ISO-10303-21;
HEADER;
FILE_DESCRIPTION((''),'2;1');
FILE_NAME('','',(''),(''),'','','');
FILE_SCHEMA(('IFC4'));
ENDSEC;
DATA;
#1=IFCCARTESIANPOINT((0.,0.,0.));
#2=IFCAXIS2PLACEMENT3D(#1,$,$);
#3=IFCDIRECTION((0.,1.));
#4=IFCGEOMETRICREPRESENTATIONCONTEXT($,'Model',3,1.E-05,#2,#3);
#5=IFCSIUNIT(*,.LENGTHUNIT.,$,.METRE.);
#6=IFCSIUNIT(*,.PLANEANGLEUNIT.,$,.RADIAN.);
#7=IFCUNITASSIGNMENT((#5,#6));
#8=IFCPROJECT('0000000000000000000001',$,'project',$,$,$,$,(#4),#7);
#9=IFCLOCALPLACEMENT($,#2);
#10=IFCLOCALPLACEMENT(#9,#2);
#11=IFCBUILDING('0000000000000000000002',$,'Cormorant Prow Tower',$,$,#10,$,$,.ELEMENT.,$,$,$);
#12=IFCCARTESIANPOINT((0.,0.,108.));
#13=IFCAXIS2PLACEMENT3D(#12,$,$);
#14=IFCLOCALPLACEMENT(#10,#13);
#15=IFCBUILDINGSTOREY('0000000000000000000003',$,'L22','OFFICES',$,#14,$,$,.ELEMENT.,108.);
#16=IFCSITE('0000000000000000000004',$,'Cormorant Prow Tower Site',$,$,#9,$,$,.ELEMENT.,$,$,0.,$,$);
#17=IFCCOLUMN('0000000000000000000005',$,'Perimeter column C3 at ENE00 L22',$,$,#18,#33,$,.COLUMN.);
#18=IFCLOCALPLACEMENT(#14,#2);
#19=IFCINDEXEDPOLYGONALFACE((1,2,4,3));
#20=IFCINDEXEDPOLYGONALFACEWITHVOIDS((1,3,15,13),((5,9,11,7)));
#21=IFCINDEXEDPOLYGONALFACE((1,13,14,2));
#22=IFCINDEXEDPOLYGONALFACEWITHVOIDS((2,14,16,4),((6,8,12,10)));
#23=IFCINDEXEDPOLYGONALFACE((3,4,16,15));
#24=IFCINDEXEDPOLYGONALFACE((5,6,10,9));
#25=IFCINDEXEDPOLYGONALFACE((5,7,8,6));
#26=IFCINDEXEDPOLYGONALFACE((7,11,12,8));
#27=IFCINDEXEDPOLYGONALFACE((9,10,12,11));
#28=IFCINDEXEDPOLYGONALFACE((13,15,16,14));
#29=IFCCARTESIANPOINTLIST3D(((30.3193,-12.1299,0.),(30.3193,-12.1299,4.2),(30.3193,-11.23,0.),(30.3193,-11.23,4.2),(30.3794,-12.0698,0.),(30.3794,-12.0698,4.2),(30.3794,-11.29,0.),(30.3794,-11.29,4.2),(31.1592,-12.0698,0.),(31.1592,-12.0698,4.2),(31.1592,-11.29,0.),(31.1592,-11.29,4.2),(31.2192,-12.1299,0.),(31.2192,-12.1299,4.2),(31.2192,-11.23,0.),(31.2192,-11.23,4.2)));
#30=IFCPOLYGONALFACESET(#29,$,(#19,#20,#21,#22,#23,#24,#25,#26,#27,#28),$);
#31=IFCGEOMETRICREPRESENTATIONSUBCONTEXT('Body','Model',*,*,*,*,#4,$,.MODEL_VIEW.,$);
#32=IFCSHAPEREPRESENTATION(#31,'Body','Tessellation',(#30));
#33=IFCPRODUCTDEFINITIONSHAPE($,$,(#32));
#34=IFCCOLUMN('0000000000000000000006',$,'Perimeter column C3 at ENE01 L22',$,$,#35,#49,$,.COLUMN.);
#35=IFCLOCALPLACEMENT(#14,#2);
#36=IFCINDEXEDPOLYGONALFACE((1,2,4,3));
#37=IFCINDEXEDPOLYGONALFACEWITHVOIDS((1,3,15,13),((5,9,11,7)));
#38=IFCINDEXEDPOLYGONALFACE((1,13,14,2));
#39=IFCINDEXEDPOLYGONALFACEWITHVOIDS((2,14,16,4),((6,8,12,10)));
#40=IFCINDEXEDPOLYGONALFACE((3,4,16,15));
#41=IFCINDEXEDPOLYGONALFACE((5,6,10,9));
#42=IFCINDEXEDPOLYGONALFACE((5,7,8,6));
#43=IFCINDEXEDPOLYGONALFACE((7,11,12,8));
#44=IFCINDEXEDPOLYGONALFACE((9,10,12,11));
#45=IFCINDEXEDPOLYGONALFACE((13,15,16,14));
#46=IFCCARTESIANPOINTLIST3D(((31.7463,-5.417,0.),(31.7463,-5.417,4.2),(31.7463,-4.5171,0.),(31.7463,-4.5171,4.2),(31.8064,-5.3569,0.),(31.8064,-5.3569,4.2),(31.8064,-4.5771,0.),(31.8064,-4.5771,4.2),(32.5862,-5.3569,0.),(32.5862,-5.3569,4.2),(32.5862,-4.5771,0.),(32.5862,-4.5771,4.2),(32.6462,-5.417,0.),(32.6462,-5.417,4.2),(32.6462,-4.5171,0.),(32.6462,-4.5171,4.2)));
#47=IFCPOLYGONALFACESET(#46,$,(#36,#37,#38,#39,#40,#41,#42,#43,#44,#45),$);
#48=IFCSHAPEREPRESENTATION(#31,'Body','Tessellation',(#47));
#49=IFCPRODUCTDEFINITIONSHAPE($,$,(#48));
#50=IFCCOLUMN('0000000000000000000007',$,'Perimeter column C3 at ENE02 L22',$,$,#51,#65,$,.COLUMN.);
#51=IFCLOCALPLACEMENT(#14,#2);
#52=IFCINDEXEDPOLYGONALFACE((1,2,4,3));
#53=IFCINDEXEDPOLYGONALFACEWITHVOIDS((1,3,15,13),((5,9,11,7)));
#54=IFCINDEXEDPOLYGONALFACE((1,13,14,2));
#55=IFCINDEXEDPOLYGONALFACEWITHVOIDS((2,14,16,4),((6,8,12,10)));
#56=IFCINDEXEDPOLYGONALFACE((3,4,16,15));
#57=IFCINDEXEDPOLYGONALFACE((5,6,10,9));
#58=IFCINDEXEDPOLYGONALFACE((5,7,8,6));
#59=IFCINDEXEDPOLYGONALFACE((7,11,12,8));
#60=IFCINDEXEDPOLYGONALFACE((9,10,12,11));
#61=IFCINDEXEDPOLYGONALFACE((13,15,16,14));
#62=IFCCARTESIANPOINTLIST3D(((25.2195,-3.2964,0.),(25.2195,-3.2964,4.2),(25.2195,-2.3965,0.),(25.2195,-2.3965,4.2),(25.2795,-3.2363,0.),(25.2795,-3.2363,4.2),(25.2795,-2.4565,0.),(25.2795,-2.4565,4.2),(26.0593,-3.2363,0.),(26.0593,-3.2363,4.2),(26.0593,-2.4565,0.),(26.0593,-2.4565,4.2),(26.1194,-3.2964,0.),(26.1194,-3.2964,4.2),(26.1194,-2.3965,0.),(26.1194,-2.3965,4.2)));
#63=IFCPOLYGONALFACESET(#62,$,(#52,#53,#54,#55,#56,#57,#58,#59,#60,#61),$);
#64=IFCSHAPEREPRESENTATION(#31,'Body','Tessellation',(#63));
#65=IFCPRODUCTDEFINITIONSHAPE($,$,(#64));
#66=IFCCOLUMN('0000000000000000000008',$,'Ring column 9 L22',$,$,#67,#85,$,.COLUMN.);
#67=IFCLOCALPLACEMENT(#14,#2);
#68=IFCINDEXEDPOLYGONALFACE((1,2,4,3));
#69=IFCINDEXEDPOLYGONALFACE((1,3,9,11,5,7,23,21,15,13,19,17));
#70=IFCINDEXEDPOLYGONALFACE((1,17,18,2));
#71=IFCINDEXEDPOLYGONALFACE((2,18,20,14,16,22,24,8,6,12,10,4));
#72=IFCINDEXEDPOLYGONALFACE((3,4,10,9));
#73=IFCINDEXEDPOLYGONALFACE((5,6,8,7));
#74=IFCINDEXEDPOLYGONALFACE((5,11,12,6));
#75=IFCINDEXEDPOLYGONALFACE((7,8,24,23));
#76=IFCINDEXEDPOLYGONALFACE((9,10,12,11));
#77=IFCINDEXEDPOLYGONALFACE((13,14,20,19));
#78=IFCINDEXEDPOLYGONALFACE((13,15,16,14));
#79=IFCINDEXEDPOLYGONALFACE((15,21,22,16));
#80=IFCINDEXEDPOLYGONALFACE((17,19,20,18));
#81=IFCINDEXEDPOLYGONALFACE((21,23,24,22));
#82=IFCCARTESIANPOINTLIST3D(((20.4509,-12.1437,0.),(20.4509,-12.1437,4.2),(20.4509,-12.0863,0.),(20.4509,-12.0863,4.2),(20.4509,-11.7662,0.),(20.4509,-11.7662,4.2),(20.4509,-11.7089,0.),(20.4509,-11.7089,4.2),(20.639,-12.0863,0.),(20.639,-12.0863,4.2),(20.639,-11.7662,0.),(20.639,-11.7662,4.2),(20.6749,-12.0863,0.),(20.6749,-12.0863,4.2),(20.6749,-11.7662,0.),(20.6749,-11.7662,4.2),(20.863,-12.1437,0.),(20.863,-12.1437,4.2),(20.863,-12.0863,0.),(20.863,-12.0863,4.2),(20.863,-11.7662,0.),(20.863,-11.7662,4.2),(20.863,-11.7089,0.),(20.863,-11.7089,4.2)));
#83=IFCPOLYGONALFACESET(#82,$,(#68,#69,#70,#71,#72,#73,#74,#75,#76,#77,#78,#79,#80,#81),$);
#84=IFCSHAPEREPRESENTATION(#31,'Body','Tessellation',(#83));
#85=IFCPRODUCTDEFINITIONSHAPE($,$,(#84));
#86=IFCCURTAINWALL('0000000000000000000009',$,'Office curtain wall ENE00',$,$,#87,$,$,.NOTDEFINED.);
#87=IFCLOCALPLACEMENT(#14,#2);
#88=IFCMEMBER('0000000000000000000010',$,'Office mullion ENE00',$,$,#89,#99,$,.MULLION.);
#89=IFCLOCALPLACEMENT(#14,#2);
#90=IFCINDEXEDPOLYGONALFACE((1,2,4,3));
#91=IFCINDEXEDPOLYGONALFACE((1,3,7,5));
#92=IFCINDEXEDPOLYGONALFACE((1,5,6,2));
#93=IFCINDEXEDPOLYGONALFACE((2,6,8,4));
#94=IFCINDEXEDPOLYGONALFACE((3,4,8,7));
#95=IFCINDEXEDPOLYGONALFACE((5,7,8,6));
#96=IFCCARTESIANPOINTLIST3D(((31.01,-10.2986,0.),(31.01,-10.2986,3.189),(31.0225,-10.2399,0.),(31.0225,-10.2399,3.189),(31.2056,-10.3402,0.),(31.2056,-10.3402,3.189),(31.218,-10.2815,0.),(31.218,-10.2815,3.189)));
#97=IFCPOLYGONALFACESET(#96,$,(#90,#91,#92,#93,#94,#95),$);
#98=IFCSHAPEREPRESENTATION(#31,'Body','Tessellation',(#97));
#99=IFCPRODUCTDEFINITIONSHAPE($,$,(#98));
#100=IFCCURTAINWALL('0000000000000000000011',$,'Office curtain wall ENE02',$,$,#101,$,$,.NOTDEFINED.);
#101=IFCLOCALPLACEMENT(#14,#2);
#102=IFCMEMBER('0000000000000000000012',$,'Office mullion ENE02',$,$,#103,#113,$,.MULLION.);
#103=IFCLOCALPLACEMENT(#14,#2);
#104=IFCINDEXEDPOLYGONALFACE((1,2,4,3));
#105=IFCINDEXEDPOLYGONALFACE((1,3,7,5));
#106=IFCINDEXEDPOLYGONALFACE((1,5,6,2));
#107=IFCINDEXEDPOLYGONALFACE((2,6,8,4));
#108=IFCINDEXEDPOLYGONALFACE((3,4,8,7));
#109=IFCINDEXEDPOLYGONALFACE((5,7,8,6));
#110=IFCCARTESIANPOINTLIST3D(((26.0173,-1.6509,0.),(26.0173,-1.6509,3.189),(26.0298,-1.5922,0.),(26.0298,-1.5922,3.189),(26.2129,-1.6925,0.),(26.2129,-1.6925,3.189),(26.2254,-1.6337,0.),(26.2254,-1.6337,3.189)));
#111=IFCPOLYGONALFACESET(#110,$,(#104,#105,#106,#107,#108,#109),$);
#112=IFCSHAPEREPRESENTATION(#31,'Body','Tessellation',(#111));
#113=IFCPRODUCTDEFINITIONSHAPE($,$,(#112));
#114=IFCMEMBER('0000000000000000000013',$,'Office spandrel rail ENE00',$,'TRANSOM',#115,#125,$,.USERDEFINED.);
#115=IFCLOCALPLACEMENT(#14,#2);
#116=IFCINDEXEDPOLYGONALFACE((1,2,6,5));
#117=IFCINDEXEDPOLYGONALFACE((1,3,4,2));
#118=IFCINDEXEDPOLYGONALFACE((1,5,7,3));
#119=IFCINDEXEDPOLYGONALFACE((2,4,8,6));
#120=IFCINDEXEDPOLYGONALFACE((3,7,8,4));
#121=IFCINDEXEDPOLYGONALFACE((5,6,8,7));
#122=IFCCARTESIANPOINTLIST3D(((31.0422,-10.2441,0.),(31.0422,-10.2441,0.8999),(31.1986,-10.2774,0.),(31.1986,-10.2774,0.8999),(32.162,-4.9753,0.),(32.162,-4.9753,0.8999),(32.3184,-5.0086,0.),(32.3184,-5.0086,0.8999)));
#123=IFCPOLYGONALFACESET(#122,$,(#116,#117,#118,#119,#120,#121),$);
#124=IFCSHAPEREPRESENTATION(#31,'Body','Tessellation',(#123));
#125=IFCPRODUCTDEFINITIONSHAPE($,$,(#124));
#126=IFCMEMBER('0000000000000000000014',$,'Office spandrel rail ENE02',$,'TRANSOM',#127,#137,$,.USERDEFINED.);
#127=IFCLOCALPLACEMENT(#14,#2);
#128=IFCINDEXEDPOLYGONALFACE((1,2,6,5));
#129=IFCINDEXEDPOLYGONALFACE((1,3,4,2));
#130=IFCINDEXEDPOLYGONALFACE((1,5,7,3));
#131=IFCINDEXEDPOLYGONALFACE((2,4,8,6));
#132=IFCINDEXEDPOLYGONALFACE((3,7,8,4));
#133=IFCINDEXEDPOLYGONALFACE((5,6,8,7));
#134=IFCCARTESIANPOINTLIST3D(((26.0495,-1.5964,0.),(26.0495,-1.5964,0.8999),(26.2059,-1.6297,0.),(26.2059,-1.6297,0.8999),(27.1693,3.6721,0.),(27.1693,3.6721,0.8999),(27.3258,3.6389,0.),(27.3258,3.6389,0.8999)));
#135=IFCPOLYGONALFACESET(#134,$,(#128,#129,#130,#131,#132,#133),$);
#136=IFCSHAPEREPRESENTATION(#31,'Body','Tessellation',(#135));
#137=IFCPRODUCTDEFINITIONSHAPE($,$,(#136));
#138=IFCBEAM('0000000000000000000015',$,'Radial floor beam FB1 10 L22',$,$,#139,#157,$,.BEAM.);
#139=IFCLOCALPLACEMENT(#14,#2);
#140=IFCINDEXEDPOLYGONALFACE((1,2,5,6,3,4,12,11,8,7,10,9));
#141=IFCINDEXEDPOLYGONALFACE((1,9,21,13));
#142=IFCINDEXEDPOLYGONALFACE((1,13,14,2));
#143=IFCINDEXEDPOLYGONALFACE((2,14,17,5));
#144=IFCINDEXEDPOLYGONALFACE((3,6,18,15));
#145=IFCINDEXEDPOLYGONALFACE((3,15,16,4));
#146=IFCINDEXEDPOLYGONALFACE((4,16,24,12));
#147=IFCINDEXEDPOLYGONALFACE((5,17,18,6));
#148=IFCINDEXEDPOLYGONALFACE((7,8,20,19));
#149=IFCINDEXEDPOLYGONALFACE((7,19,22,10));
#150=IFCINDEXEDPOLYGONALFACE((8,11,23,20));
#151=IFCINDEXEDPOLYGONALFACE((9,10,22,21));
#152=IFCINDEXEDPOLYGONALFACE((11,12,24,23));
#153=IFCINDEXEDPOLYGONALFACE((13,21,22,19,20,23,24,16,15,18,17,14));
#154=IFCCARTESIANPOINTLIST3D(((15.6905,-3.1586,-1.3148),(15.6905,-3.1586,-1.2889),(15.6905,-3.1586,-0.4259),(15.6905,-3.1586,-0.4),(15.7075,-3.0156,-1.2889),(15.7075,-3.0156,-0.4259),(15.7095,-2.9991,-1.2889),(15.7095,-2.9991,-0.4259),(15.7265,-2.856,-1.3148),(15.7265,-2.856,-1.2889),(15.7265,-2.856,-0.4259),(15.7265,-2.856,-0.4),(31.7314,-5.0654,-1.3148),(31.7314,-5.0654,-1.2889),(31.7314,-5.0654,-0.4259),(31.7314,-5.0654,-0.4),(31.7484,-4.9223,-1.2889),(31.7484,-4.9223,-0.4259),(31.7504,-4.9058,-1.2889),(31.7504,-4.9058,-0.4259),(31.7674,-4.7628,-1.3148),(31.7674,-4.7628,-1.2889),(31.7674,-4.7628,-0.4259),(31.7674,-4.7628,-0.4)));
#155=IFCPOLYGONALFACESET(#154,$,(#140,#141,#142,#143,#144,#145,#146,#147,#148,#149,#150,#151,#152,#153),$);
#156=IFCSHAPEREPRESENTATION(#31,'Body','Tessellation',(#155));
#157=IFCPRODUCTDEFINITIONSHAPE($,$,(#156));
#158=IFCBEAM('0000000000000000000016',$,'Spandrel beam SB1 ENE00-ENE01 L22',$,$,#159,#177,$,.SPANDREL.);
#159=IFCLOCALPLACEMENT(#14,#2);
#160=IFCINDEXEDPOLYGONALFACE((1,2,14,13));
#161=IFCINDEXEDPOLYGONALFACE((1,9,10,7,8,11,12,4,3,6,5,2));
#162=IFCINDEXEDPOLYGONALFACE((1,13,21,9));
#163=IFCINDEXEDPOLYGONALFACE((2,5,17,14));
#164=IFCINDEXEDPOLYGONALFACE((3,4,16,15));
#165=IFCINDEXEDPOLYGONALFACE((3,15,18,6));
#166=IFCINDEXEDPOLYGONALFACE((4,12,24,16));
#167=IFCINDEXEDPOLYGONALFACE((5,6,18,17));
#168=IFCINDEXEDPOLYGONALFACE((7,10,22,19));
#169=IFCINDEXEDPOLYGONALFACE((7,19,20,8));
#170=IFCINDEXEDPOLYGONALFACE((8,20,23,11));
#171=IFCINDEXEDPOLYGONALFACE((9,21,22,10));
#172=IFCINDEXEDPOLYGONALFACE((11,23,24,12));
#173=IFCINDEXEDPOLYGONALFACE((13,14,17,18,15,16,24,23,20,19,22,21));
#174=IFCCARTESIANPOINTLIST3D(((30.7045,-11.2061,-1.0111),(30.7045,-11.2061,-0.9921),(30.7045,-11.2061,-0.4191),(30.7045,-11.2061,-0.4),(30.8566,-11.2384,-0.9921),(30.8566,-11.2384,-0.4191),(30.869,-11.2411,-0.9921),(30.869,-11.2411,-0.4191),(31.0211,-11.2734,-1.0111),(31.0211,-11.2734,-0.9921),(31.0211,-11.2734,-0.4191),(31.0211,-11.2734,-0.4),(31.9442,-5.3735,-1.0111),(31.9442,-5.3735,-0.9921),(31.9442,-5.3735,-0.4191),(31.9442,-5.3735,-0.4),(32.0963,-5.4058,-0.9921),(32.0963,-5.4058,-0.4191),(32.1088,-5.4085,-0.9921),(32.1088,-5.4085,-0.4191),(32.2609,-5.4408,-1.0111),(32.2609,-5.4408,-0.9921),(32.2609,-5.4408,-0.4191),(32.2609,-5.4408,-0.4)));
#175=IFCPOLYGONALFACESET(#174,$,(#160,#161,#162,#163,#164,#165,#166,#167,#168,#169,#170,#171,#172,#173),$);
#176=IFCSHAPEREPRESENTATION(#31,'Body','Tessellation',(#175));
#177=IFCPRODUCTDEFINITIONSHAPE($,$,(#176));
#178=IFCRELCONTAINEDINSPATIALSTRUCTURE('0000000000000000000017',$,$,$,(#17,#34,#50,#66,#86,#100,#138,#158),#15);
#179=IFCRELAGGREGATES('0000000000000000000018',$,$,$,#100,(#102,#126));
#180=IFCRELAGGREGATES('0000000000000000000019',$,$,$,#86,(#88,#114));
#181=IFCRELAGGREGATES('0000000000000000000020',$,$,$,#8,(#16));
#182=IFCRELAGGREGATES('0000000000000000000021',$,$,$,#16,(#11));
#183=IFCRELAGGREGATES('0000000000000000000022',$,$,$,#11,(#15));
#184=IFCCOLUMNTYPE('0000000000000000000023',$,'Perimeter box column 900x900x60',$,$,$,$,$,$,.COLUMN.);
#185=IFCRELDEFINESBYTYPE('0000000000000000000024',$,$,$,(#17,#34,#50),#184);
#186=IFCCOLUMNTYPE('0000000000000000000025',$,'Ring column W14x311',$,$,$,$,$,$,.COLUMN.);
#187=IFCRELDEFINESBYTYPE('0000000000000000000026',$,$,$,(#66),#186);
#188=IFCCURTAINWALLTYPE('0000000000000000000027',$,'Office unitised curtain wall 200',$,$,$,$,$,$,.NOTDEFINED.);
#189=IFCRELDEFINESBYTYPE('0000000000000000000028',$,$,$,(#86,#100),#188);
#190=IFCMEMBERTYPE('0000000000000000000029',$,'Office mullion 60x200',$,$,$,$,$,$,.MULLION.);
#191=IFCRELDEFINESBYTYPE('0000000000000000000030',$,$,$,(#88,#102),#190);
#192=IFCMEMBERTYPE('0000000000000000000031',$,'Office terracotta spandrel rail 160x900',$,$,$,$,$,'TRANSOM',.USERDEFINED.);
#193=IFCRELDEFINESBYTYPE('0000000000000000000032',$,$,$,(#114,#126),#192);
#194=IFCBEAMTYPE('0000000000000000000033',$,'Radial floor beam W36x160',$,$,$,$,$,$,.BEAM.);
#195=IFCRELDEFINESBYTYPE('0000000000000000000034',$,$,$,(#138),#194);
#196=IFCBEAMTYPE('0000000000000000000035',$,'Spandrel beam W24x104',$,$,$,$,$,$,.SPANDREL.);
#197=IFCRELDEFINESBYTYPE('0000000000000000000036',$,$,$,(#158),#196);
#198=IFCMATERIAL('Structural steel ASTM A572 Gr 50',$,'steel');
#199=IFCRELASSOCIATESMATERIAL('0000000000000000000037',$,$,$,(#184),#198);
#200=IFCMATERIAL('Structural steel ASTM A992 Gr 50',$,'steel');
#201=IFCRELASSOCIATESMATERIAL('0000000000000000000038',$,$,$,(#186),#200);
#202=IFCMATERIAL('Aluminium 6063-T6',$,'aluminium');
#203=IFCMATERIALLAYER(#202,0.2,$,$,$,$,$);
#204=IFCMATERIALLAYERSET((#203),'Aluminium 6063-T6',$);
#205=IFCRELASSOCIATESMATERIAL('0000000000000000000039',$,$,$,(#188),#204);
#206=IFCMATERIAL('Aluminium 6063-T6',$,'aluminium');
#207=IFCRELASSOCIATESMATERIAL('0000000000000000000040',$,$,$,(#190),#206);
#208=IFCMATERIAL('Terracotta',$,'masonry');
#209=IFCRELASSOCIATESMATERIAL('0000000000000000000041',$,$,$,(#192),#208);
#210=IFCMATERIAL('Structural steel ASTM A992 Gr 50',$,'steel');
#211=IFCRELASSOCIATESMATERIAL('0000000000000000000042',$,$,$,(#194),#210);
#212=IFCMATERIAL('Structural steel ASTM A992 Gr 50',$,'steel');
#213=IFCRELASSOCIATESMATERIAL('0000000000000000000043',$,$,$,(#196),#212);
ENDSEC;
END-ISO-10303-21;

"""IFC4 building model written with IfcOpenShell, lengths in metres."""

from ifc_helpers import new_model, si_unit, direction, frame, origin, origin_2d, place, context, subcontext, project, spatial, rectangle, hollow_rectangle, i_section, extrude, material, layer, layer_set, material_profile, profile_set, type_object, element, aggregate, save


model = new_model("IFC4")

# Units and contexts
model_context = context("Model", 3, precision=1e-05, world=origin(), true_north=direction((0.0, 1.0)))
body_context = subcontext(model_context, "Body", "Model", "MODEL_VIEW")
ifc_project = project(units=[si_unit("LENGTHUNIT", "METRE"), si_unit("PLANEANGLEUNIT", "RADIAN")], contexts=[model_context])

# Site, building, storey
site_placement = place(None, origin())
site = spatial("IfcSite", under=ifc_project, at=site_placement, Name="Cormorant Prow Tower Site", CompositionType="ELEMENT", RefElevation=0.0)
building_placement = place(site_placement, origin())
building = spatial("IfcBuilding", under=site, at=building_placement, Name="Cormorant Prow Tower", CompositionType="ELEMENT")
storey_placement = place(building_placement, frame((0.0, 0.0, 108.0)))
storey = spatial("IfcBuildingStorey", under=building, at=storey_placement, Name="L22", Description="OFFICES", CompositionType="ELEMENT", Elevation=108.0)

# Columns
ifc_material_1 = material(Name="Structural steel ASTM A572 Gr 50", Category="steel")
ifc_material_profile_1 = material_profile(ifc_material_1, hollow_rectangle(XDim=0.8999, YDim=0.8999, WallThickness=0.0601, at=origin_2d()), Name="Box 900x900x60")
ifc_profile_set_1 = profile_set([ifc_material_profile_1], Name="Structural steel ASTM A572 Gr 50")
column_type_1 = type_object("IfcColumnType", Name="Perimeter box column 900x900x60", PredefinedType="COLUMN", material=ifc_profile_set_1)
for number, where, z_axis, x_axis, name in (
    (1, (30.7693, -11.6799, 0.0), (0.0, 0.0, 1.0), (1.0, 0.0, 0.0), "Perimeter column C3 at ENE00 L22"),
    (2, (32.1963, -4.967, 0.0), (0.0, 0.0, 1.0), (1.0, 0.0, 0.0), "Perimeter column C3 at ENE01 L22"),
    (3, (25.6694, -2.8464, 0.0), (0.0, 0.0, 1.0), (1.0, 0.0, 0.0), "Perimeter column C3 at ENE02 L22"),
):
    element("IfcColumn", number, at=place(storey_placement, frame(where, z_axis=z_axis, x_axis=x_axis)), inside=storey, type_object=column_type_1, Name=name, PredefinedType="COLUMN", context=body_context, shape_type="SweptSolid", body=[
        extrude(hollow_rectangle(XDim=0.8999, YDim=0.8999, WallThickness=0.0601, at=origin_2d()), origin(), (0.0, 0.0, 1.0), 4.2),
    ])
ifc_material_2 = material(Name="Structural steel ASTM A992 Gr 50", Category="steel")
ifc_material_profile_2 = material_profile(ifc_material_2, i_section(OverallWidth=0.4121, OverallDepth=0.4348, WebThickness=0.0359, FlangeThickness=0.0574, at=origin_2d()), Name="W14x311")
ifc_profile_set_2 = profile_set([ifc_material_profile_2], Name="Structural steel ASTM A992 Gr 50")
column_type_2 = type_object("IfcColumnType", Name="Ring column W14x311", PredefinedType="COLUMN", material=ifc_profile_set_2)
column_placement = place(storey_placement, frame((20.657, -11.9263, 0.0), z_axis=(0.0, 0.0, 1.0), x_axis=(1.0, 0.0, 0.0)))
element("IfcColumn", 4, at=column_placement, inside=storey, type_object=column_type_2, Name="Ring column 9 L22", PredefinedType="COLUMN", context=body_context, shape_type="SweptSolid", body=[
    extrude(i_section(OverallWidth=0.4121, OverallDepth=0.4348, WebThickness=0.0359, FlangeThickness=0.0574, at=origin_2d()), origin(), (0.0, 0.0, 1.0), 4.2),
])

# Curtain walls, members
ifc_material_3 = material(Name="Aluminium 6063-T6", Category="aluminium")
ifc_layer_1 = layer(ifc_material_3, 0.2)
ifc_layer_set_1 = layer_set([ifc_layer_1], Name="Aluminium 6063-T6")
curtain_wall_type = type_object("IfcCurtainWallType", Name="Office unitised curtain wall 200", PredefinedType="NOTDEFINED", material=ifc_layer_set_1)
curtain_wall_1_placement = place(storey_placement, origin())
curtain_wall_1 = element("IfcCurtainWall", 5, at=curtain_wall_1_placement, inside=storey, type_object=curtain_wall_type, Name="Office curtain wall ENE00", PredefinedType="NOTDEFINED")
ifc_material_4 = material(Name="Aluminium 6063-T6", Category="aluminium")
ifc_material_profile_3 = material_profile(ifc_material_4, rectangle(XDim=0.2, YDim=0.0601, at=origin_2d()), Name="Office mullion 60x200")
ifc_profile_set_3 = profile_set([ifc_material_profile_3], Name="Aluminium 6063-T6")
member_type_1 = type_object("IfcMemberType", Name="Office mullion 60x200", PredefinedType="MULLION", material=ifc_profile_set_3)
member_1_placement = place(storey_placement, frame((31.114, -10.29, 0.0), z_axis=(0.0, 0.0, 1.0), x_axis=(-0.978148, 0.207912, 0.0)))
member_1 = element("IfcMember", 6, at=member_1_placement, type_object=member_type_1, Name="Office mullion ENE00", PredefinedType="MULLION", context=body_context, shape_type="SweptSolid", body=[
    extrude(rectangle(XDim=0.2, YDim=0.0601, at=origin_2d()), origin(), (0.0, 0.0, 1.0), 3.189),
])
curtain_wall_2_placement = place(storey_placement, origin())
curtain_wall_2 = element("IfcCurtainWall", 7, at=curtain_wall_2_placement, inside=storey, type_object=curtain_wall_type, Name="Office curtain wall ENE02", PredefinedType="NOTDEFINED")
member_2_placement = place(storey_placement, frame((26.1213, -1.6423, 0.0), z_axis=(0.0, 0.0, 1.0), x_axis=(-0.978148, 0.207912, 0.0)))
member_2 = element("IfcMember", 8, at=member_2_placement, type_object=member_type_1, Name="Office mullion ENE02", PredefinedType="MULLION", context=body_context, shape_type="SweptSolid", body=[
    extrude(rectangle(XDim=0.2, YDim=0.0601, at=origin_2d()), origin(), (0.0, 0.0, 1.0), 3.189),
])

# Members
ifc_material_5 = material(Name="Terracotta", Category="masonry")
ifc_material_profile_4 = material_profile(ifc_material_5, rectangle(XDim=0.1599, YDim=0.8999, at=origin_2d()), Name="Office terracotta spandrel rail 160x900")
ifc_profile_set_4 = profile_set([ifc_material_profile_4], Name="Terracotta")
member_type_2 = type_object("IfcMemberType", Name="Office terracotta spandrel rail 160x900", ElementType="TRANSOM", PredefinedType="USERDEFINED", material=ifc_profile_set_4)
member_3_placement = place(storey_placement, frame((31.1204, -10.2607, 0.45), z_axis=(0.207904, 0.978149, 0.0), x_axis=(-0.978149, 0.207904, 0.0)))
member_3 = element("IfcMember", 9, at=member_3_placement, type_object=member_type_2, Name="Office spandrel rail ENE00", ObjectType="TRANSOM", PredefinedType="USERDEFINED", context=body_context, shape_type="SweptSolid", body=[
    extrude(rectangle(XDim=0.1599, YDim=0.8999, at=origin_2d()), origin(), (0.0, 0.0, 1.0), 5.3865),
])
member_4_placement = place(storey_placement, frame((26.1277, -1.613, 0.45), z_axis=(0.207913, 0.978147, 0.0), x_axis=(-0.978147, 0.207913, 0.0)))
member_4 = element("IfcMember", 10, at=member_4_placement, type_object=member_type_2, Name="Office spandrel rail ENE02", ObjectType="TRANSOM", PredefinedType="USERDEFINED", context=body_context, shape_type="SweptSolid", body=[
    extrude(rectangle(XDim=0.1599, YDim=0.8999, at=origin_2d()), origin(), (0.0, 0.0, 1.0), 5.3862),
])
aggregate(curtain_wall_2, [member_2, member_4])

# Beams
ifc_material_6 = material(Name="Structural steel ASTM A992 Gr 50", Category="steel")
ifc_material_profile_5 = material_profile(ifc_material_6, i_section(OverallWidth=0.3047, OverallDepth=0.9148, WebThickness=0.0166, FlangeThickness=0.0259, at=origin_2d()), Name="W36x160")
ifc_profile_set_5 = profile_set([ifc_material_profile_5], Name="Structural steel ASTM A992 Gr 50")
beam_type_1 = type_object("IfcBeamType", Name="Radial floor beam W36x160", PredefinedType="BEAM", material=ifc_profile_set_5)
beam_1_placement = place(storey_placement, frame((15.7085, -3.0073, -0.8574), z_axis=(0.993009, -0.118037, 0.0), x_axis=(0.118037, 0.993009, 0.0)))
element("IfcBeam", 11, at=beam_1_placement, inside=storey, type_object=beam_type_1, Name="Radial floor beam FB1 10 L22", PredefinedType="BEAM", context=body_context, shape_type="SweptSolid", body=[
    extrude(i_section(OverallWidth=0.3047, OverallDepth=0.9148, WebThickness=0.0166, FlangeThickness=0.0259, at=origin_2d()), origin(), (0.0, 0.0, 1.0), 16.1538),
])
ifc_material_7 = material(Name="Structural steel ASTM A992 Gr 50", Category="steel")
ifc_material_profile_6 = material_profile(ifc_material_7, i_section(OverallWidth=0.3237, OverallDepth=0.6111, WebThickness=0.0127, FlangeThickness=0.019, at=origin_2d()), Name="W24x104")
ifc_profile_set_6 = profile_set([ifc_material_profile_6], Name="Structural steel ASTM A992 Gr 50")
beam_type_2 = type_object("IfcBeamType", Name="Spandrel beam W24x104", PredefinedType="SPANDREL", material=ifc_profile_set_6)
beam_2_placement = place(storey_placement, frame((30.8628, -11.2397, -0.7056), z_axis=(0.207913, 0.978147, 0.0), x_axis=(-0.978147, 0.207913, 0.0)))
element("IfcBeam", 12, at=beam_2_placement, inside=storey, type_object=beam_type_2, Name="Spandrel beam SB1 ENE00-ENE01 L22", PredefinedType="SPANDREL", context=body_context, shape_type="SweptSolid", body=[
    extrude(i_section(OverallWidth=0.3237, OverallDepth=0.6111, WebThickness=0.0127, FlangeThickness=0.019, at=origin_2d()), origin(), (0.0, 0.0, 1.0), 5.9629),
])

aggregate(curtain_wall_1, [member_1, member_3])

save(model, "model.ifc")
